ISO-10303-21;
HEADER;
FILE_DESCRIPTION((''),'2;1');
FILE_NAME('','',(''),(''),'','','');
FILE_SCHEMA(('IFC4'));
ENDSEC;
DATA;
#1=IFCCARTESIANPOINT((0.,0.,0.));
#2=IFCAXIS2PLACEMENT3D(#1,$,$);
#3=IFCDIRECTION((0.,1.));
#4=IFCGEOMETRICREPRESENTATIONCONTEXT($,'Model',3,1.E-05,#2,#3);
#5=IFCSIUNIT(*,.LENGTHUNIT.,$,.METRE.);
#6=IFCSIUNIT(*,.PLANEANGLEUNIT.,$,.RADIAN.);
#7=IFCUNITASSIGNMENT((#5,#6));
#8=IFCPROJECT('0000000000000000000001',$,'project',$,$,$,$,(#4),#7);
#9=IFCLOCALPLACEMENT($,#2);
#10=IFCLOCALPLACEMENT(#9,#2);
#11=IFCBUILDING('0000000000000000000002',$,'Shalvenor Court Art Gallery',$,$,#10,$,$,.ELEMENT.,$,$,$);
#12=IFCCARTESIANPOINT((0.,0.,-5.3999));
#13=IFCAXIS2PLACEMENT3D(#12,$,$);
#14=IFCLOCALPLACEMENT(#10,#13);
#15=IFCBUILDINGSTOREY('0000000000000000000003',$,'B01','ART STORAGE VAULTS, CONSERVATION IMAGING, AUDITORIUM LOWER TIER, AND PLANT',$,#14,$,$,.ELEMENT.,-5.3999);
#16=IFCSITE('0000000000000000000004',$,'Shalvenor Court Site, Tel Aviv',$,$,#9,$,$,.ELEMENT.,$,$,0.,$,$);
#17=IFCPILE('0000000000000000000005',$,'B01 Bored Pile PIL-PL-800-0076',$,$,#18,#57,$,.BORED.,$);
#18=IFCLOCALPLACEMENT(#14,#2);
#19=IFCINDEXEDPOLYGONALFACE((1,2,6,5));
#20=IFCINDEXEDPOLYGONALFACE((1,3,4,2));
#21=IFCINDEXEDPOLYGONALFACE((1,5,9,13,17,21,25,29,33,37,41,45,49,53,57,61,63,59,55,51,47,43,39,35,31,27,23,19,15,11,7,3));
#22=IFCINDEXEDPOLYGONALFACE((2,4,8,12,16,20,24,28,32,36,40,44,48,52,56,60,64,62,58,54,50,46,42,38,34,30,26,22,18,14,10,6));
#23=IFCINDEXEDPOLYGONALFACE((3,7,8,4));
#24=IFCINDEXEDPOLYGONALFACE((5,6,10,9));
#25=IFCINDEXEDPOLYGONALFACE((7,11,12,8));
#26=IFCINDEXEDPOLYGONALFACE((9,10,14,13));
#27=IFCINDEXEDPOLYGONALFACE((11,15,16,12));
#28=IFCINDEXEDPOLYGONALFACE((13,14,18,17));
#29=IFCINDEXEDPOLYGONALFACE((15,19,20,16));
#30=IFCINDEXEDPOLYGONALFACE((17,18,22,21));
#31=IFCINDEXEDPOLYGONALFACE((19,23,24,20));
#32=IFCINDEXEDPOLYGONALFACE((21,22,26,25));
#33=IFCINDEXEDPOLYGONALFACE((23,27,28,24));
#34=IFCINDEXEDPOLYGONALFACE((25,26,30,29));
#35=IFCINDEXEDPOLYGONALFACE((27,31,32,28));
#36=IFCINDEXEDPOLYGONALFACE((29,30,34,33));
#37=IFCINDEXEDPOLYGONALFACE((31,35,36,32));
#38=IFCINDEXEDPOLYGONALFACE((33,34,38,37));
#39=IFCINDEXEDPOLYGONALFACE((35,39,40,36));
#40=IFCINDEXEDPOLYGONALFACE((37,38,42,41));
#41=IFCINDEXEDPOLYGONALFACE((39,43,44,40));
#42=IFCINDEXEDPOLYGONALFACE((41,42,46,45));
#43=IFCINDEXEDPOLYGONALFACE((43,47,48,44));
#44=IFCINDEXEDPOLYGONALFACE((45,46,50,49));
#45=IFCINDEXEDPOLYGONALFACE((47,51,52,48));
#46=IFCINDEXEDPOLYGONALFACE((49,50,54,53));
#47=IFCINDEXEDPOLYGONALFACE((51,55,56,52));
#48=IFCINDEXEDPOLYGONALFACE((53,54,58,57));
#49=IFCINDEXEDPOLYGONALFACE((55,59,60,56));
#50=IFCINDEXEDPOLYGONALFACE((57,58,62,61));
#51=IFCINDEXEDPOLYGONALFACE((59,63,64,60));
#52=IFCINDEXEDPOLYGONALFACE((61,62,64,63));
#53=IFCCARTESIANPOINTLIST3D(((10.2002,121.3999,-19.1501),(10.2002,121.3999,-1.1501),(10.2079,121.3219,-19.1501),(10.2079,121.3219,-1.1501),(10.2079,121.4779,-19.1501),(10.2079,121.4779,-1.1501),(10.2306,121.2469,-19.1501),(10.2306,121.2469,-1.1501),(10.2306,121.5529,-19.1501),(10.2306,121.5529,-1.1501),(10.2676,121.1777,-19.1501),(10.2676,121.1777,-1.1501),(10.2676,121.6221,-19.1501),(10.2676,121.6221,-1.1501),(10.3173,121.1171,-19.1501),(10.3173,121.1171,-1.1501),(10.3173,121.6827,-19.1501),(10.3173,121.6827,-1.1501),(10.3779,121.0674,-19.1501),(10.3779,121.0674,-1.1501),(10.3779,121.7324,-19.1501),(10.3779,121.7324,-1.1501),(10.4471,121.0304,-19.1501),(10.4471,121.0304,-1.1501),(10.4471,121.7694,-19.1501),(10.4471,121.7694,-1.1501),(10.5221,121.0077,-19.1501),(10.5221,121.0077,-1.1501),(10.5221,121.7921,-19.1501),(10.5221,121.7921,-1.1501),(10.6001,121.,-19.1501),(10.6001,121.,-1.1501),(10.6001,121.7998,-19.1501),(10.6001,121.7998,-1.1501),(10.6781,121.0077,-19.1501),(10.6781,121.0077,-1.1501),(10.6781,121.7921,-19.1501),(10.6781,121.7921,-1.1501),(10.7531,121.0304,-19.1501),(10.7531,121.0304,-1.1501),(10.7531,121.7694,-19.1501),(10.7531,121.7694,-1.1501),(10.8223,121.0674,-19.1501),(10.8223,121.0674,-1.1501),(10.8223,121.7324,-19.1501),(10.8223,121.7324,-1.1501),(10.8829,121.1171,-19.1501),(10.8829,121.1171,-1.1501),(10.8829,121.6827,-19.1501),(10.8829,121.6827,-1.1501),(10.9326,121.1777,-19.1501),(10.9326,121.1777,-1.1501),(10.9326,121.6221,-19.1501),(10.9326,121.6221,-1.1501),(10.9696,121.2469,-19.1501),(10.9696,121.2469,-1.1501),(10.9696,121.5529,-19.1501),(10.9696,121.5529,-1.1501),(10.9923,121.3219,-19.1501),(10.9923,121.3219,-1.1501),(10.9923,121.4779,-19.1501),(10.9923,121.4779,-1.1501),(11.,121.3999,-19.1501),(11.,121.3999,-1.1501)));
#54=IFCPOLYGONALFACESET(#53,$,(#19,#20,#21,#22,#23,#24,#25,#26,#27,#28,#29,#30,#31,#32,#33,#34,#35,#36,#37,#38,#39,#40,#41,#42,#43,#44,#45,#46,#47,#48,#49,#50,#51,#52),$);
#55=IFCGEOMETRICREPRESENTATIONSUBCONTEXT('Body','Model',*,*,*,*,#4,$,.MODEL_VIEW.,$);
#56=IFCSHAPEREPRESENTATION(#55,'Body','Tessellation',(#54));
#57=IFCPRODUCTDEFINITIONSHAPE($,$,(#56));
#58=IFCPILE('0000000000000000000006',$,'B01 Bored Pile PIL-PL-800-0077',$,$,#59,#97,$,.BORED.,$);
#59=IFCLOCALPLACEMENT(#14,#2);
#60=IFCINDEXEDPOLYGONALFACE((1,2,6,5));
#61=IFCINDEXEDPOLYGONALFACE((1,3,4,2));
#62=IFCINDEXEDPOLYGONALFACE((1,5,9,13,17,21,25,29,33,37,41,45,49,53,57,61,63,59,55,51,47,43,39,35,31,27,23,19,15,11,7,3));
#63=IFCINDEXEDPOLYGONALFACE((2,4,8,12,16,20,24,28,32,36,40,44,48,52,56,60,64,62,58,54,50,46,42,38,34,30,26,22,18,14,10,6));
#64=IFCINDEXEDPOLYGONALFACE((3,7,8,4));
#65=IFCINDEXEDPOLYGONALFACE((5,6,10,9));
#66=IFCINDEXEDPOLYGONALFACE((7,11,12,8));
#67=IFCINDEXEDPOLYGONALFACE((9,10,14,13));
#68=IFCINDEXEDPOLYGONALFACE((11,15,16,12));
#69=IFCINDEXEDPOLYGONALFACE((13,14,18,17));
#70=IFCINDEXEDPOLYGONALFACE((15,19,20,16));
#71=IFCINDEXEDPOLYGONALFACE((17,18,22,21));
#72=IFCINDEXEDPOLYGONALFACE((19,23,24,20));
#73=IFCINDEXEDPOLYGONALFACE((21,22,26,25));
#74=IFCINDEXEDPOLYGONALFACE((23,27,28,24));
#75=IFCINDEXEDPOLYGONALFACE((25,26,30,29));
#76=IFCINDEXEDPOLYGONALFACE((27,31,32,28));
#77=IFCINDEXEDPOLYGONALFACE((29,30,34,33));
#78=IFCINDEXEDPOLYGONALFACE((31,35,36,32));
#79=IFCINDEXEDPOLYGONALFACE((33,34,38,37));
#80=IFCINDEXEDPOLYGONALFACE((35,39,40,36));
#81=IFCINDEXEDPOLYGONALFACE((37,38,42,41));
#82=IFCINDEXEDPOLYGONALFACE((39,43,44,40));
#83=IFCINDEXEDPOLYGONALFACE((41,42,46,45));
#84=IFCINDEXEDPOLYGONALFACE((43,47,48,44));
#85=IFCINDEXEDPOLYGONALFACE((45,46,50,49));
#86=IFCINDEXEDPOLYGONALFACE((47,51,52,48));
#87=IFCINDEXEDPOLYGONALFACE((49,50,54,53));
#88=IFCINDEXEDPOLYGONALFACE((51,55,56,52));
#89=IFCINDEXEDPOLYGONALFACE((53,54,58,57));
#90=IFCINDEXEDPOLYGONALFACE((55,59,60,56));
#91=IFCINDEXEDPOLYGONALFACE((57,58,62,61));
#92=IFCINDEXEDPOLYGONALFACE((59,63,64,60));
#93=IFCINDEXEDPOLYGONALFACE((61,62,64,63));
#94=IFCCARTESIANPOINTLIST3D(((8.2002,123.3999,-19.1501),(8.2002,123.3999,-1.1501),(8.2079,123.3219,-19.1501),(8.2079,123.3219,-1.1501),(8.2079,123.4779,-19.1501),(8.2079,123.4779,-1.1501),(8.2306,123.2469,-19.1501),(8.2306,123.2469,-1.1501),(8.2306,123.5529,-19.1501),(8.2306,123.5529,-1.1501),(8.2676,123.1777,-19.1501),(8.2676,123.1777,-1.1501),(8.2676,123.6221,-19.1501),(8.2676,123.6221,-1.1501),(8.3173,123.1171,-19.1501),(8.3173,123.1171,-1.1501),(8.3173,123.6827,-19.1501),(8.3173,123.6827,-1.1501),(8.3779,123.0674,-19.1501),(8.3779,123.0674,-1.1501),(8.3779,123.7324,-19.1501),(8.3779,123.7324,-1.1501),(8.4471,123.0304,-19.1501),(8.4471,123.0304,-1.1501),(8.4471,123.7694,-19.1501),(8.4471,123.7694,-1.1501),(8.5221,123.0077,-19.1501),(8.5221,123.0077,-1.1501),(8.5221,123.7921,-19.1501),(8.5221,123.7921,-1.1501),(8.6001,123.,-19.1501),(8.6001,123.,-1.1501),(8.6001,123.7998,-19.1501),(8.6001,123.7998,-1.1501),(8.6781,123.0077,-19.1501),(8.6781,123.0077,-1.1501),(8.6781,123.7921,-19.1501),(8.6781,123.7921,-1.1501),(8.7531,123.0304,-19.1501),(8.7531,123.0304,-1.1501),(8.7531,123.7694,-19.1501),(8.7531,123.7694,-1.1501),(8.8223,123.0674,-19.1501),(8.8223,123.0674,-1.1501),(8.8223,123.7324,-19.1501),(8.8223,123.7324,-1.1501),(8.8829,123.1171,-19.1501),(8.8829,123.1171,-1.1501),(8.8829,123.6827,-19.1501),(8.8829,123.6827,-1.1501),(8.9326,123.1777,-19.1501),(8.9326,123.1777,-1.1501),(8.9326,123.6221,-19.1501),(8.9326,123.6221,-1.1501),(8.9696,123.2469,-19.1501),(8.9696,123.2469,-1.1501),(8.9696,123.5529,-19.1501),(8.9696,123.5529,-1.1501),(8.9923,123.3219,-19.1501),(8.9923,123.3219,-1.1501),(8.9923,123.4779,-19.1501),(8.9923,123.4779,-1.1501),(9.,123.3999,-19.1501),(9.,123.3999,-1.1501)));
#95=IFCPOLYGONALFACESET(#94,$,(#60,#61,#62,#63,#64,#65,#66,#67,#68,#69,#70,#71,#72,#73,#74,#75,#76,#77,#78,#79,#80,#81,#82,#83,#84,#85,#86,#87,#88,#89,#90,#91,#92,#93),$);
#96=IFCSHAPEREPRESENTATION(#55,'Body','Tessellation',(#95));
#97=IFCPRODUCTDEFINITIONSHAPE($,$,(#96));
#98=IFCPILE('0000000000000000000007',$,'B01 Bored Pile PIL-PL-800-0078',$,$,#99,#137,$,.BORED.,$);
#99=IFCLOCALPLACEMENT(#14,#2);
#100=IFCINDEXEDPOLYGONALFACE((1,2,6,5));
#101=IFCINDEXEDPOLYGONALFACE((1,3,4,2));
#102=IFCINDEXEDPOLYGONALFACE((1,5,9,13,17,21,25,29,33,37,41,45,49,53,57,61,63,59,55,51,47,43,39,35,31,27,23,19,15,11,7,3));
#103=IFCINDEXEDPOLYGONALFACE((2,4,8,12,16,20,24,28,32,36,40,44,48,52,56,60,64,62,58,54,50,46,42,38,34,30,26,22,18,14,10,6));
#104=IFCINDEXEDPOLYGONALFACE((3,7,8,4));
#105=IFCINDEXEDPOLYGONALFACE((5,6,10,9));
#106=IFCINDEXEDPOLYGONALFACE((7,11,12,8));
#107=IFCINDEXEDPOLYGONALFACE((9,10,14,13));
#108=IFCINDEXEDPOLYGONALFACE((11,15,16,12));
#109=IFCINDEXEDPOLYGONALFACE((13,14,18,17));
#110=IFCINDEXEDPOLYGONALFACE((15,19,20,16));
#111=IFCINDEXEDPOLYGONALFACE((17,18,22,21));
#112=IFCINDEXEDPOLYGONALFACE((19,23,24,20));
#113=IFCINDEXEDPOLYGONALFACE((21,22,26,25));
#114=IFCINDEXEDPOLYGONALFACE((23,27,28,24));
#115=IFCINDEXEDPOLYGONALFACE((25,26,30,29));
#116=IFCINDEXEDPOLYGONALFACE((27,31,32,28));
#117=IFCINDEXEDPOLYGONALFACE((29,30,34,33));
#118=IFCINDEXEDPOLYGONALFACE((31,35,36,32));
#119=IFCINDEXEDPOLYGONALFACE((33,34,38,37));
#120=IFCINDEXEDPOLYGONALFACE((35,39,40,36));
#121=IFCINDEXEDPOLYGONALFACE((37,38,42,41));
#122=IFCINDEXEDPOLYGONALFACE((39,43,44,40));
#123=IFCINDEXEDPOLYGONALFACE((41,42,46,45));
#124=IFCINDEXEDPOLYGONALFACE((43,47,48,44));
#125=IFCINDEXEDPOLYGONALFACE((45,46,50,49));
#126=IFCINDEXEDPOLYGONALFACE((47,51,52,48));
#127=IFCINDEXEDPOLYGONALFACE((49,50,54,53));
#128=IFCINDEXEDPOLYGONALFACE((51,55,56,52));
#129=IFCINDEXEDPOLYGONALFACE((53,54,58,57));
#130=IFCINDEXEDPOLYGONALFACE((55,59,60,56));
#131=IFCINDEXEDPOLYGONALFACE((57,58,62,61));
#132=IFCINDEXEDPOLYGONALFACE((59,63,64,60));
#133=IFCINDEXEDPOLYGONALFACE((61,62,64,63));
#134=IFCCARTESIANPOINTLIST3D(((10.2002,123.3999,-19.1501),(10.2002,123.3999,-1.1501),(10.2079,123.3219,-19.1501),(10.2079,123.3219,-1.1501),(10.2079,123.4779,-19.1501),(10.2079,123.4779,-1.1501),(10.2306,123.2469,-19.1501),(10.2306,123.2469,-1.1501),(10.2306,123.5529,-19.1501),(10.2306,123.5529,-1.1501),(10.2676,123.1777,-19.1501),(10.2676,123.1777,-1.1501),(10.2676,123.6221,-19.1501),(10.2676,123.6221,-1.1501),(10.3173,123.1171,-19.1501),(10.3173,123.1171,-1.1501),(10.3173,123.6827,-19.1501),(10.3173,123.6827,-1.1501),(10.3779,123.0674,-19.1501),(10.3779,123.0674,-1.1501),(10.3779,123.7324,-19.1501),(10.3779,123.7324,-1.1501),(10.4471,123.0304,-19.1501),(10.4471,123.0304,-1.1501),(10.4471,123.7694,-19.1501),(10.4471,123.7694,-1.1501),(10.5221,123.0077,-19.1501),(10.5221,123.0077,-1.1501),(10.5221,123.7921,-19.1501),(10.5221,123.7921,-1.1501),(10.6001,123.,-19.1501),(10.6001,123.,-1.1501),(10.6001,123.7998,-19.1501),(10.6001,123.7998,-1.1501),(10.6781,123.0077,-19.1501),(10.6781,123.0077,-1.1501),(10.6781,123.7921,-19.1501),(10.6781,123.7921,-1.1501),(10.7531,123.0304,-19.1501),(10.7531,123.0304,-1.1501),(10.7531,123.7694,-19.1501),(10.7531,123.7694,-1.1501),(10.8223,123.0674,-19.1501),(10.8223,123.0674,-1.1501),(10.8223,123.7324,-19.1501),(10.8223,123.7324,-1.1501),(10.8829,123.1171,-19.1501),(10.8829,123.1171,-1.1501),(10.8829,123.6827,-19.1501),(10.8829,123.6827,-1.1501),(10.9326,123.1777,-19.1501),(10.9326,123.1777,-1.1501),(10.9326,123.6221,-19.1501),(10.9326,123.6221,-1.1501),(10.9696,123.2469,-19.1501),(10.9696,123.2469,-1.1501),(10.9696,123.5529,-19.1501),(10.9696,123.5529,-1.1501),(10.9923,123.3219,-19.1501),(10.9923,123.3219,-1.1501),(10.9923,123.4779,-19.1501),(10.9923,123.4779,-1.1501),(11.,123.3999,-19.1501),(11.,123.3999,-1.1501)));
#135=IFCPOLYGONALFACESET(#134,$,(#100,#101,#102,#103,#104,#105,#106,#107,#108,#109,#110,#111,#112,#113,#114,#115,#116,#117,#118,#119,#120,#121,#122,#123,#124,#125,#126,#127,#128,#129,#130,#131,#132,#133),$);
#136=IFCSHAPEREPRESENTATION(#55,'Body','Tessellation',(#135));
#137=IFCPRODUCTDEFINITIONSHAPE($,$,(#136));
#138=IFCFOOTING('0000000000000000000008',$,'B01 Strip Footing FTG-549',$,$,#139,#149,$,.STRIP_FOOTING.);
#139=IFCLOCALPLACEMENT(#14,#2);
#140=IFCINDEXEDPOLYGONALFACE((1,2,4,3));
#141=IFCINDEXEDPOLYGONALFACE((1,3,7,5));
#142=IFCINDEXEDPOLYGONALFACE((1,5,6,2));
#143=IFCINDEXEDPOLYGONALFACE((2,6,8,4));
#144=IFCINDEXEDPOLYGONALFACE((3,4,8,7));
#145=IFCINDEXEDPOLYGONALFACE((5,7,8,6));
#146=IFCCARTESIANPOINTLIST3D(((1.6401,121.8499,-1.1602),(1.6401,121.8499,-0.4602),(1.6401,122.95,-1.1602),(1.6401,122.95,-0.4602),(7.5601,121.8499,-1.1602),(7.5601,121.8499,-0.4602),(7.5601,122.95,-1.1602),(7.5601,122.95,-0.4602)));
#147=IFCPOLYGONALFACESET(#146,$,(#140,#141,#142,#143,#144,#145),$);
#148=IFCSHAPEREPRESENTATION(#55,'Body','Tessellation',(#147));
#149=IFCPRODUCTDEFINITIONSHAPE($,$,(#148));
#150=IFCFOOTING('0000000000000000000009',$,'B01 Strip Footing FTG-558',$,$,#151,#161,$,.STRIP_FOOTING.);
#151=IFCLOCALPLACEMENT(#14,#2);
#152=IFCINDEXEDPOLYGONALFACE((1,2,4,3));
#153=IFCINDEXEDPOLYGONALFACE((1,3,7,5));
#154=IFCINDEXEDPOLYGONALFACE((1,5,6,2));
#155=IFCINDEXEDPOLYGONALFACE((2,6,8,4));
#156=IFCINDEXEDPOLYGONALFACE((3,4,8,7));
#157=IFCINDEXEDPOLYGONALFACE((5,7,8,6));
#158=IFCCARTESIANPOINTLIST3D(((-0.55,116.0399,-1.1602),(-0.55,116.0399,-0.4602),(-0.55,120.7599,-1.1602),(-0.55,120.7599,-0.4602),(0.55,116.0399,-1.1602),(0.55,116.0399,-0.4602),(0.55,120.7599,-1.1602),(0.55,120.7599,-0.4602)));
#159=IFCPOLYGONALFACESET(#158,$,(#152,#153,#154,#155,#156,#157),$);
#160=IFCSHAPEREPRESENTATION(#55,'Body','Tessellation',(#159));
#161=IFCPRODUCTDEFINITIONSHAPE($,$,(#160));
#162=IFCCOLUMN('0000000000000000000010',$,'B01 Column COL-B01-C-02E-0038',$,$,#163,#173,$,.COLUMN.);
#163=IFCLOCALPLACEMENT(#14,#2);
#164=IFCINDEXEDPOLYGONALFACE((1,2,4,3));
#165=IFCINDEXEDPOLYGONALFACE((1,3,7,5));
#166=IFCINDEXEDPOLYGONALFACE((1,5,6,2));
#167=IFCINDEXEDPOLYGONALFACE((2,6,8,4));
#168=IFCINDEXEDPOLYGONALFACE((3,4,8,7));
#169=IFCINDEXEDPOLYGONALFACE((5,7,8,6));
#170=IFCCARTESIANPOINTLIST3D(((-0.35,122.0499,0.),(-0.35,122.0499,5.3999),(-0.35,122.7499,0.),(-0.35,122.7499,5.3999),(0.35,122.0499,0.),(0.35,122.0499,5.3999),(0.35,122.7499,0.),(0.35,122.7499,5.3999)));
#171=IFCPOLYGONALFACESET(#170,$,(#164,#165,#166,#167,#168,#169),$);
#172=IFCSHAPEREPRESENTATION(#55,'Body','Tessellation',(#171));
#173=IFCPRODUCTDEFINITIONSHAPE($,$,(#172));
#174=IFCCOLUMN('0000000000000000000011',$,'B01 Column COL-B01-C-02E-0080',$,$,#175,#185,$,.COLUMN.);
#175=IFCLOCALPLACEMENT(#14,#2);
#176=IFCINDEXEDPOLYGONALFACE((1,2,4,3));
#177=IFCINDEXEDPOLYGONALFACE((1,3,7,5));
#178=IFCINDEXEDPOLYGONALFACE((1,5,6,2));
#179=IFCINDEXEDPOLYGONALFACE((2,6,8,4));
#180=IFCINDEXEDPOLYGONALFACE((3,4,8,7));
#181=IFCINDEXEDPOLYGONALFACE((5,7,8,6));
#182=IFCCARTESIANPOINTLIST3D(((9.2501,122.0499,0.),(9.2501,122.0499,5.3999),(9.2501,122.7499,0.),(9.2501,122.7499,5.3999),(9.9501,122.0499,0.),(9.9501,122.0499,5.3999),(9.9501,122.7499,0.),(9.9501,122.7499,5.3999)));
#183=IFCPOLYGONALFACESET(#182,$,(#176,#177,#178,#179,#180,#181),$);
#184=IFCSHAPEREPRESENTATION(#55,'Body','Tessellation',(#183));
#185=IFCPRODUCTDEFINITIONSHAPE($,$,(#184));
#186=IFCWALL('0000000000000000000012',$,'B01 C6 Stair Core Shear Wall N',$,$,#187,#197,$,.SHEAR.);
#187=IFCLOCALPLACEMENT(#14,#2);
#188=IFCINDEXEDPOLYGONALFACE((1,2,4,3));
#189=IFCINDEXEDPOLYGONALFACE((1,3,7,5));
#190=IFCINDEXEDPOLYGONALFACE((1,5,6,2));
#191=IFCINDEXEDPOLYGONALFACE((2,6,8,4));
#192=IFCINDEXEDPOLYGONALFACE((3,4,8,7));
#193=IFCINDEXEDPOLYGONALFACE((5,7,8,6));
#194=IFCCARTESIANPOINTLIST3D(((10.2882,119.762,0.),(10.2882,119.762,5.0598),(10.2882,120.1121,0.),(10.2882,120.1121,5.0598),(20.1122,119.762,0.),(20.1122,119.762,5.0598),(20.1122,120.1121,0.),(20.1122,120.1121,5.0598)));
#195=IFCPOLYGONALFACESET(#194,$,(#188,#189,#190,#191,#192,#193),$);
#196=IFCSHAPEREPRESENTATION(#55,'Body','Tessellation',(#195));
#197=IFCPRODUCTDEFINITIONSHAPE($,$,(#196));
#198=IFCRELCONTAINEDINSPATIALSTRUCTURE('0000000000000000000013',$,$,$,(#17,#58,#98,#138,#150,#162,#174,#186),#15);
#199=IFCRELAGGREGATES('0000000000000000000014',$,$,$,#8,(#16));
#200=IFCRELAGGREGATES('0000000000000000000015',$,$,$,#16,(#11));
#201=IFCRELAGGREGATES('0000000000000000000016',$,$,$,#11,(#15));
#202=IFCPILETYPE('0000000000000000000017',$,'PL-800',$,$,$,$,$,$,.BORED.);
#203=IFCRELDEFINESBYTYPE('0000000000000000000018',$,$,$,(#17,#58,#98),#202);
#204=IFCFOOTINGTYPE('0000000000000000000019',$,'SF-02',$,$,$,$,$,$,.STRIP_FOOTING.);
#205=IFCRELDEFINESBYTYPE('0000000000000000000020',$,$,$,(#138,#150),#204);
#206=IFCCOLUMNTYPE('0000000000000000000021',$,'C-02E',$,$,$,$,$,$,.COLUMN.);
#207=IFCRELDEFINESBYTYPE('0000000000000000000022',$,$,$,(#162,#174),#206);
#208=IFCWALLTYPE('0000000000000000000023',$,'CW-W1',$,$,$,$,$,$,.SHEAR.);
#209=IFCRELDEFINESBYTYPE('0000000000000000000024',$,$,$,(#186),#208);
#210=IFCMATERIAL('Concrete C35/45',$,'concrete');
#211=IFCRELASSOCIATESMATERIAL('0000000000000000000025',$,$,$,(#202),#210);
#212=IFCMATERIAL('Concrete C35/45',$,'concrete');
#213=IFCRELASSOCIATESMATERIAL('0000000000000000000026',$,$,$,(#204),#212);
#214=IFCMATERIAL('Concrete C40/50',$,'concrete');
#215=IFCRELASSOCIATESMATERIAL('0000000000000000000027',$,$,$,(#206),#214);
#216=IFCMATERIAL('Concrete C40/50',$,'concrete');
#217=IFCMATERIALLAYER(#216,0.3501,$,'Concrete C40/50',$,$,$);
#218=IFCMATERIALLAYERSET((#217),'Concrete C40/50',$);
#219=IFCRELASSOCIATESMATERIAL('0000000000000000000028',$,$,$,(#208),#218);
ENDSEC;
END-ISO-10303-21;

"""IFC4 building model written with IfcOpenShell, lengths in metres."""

from ifc_helpers import new_model, si_unit, direction, frame, frame_2d, origin, origin_2d, place, context, subcontext, project, spatial, rectangle, circle, extrude, material, layer, layer_set, material_profile, profile_set, type_object, element, save


model = new_model("IFC4")

# Units and contexts
model_context = context("Model", 3, precision=1e-05, world=origin(), true_north=direction((0.0, 1.0)))
body_context = subcontext(model_context, "Body", "Model", "MODEL_VIEW")
ifc_project = project(units=[si_unit("LENGTHUNIT", "METRE"), si_unit("PLANEANGLEUNIT", "RADIAN")], contexts=[model_context])

# Site, building, storey
site_placement = place(None, origin())
site = spatial("IfcSite", under=ifc_project, at=site_placement, Name="Shalvenor Court Site, Tel Aviv", CompositionType="ELEMENT", RefElevation=0.0)
building_placement = place(site_placement, origin())
building = spatial("IfcBuilding", under=site, at=building_placement, Name="Shalvenor Court Art Gallery", CompositionType="ELEMENT")
storey_placement = place(building_placement, frame((0.0, 0.0, -5.3999)))
storey = spatial("IfcBuildingStorey", under=building, at=storey_placement, Name="B01", Description="ART STORAGE VAULTS, CONSERVATION IMAGING, AUDITORIUM LOWER TIER, AND PLANT", CompositionType="ELEMENT", Elevation=-5.3999)

# Piles
ifc_material_1 = material(Name="Concrete C35/45", Category="concrete")
ifc_material_profile_1 = material_profile(ifc_material_1, circle(Radius=0.3999, at=origin_2d()), Name="PILE 800")
ifc_profile_set_1 = profile_set([ifc_material_profile_1], Name="Concrete C35/45")
pile_type_1 = type_object("IfcPileType", Name="PL-800", PredefinedType="BORED", material=ifc_profile_set_1)
for number, where, z_axis, x_axis, name in (
    (1, (10.6001, 121.3999, -1.1501), (0.0, 0.0, -1.0), (1.0, 0.0, 0.0), "B01 Bored Pile PIL-PL-800-0076"),
    (2, (8.6001, 123.3999, -1.1501), (0.0, 0.0, -1.0), (1.0, 0.0, 0.0), "B01 Bored Pile PIL-PL-800-0077"),
    (3, (10.6001, 123.3999, -1.1501), (0.0, 0.0, -1.0), (1.0, 0.0, 0.0), "B01 Bored Pile PIL-PL-800-0078"),
):
    element("IfcPile", number, at=place(storey_placement, frame(where, z_axis=z_axis, x_axis=x_axis)), inside=storey, type_object=pile_type_1, Name=name, PredefinedType="BORED", context=body_context, shape_type="SweptSolid", body=[
        extrude(circle(Radius=0.3999, at=origin_2d()), origin(), (0.0, 0.0, 1.0), 18.0),
    ])

# Footings
ifc_material_2 = material(Name="Concrete C35/45", Category="concrete")
footing_type_1 = type_object("IfcFootingType", Name="SF-02", PredefinedType="STRIP_FOOTING", material=ifc_material_2)
footing_1_placement = place(storey_placement, frame((4.6001, 122.3999, -1.1602), z_axis=(0.0, 0.0, 1.0), x_axis=(1.0, 0.0, 0.0)))
element("IfcFooting", 4, at=footing_1_placement, inside=storey, type_object=footing_type_1, Name="B01 Strip Footing FTG-549", PredefinedType="STRIP_FOOTING", context=body_context, shape_type="SweptSolid", body=[
    extrude(rectangle(XDim=5.9199, YDim=1.1001, at=origin_2d()), origin(), (0.0, 0.0, 1.0), 0.7),
])
footing_2_placement = place(storey_placement, frame((0.0, 118.3999, -1.1602), z_axis=(0.0, 0.0, 1.0), x_axis=(0.0, 1.0, 0.0)))
element("IfcFooting", 5, at=footing_2_placement, inside=storey, type_object=footing_type_1, Name="B01 Strip Footing FTG-558", PredefinedType="STRIP_FOOTING", context=body_context, shape_type="SweptSolid", body=[
    extrude(rectangle(XDim=4.72, YDim=1.1001, at=origin_2d()), origin(), (0.0, 0.0, 1.0), 0.7),
])

# Columns
ifc_material_3 = material(Name="Concrete C40/50", Category="concrete")
ifc_material_profile_2 = material_profile(ifc_material_3, rectangle(XDim=0.7, YDim=0.7, at=origin_2d()), Name="RC 700x700")
ifc_profile_set_2 = profile_set([ifc_material_profile_2], Name="Concrete C40/50")
column_type = type_object("IfcColumnType", Name="C-02E", PredefinedType="COLUMN", material=ifc_profile_set_2)
for number, where, z_axis, x_axis, name in (
    (6, (0.0, 122.3999, 0.0), (0.0, 0.0, 1.0), (1.0, 0.0, 0.0), "B01 Column COL-B01-C-02E-0038"),
    (7, (9.6001, 122.3999, 0.0), (0.0, 0.0, 1.0), (1.0, 0.0, 0.0), "B01 Column COL-B01-C-02E-0080"),
):
    element("IfcColumn", number, at=place(storey_placement, frame(where, z_axis=z_axis, x_axis=x_axis)), inside=storey, type_object=column_type, Name=name, PredefinedType="COLUMN", context=body_context, shape_type="SweptSolid", body=[
        extrude(rectangle(XDim=0.7, YDim=0.7, at=origin_2d()), origin(), (0.0, 0.0, 1.0), 5.3999),
    ])

# Wall
ifc_material_4 = material(Name="Concrete C40/50", Category="concrete")
ifc_layer_1 = layer(ifc_material_4, 0.3501, Name="Concrete C40/50")
ifc_layer_set_1 = layer_set([ifc_layer_1], Name="Concrete C40/50")
wall_type_1 = type_object("IfcWallType", Name="CW-W1", PredefinedType="SHEAR", material=ifc_layer_set_1)
wall_1_placement = place(storey_placement, frame((10.2881, 119.937, 0.0), z_axis=(0.0, 0.0, 1.0), x_axis=(1.0, 0.0, 0.0)))
element("IfcWall", 8, at=wall_1_placement, inside=storey, type_object=wall_type_1, Name="B01 C6 Stair Core Shear Wall N", PredefinedType="SHEAR", context=body_context, shape_type="SweptSolid", body=[
    extrude(rectangle(XDim=9.824, YDim=0.3501, at=frame_2d((4.9121, 0.0))), origin(), (0.0, 0.0, 1.0), 5.0598),
])

save(model, "model.ifc")
